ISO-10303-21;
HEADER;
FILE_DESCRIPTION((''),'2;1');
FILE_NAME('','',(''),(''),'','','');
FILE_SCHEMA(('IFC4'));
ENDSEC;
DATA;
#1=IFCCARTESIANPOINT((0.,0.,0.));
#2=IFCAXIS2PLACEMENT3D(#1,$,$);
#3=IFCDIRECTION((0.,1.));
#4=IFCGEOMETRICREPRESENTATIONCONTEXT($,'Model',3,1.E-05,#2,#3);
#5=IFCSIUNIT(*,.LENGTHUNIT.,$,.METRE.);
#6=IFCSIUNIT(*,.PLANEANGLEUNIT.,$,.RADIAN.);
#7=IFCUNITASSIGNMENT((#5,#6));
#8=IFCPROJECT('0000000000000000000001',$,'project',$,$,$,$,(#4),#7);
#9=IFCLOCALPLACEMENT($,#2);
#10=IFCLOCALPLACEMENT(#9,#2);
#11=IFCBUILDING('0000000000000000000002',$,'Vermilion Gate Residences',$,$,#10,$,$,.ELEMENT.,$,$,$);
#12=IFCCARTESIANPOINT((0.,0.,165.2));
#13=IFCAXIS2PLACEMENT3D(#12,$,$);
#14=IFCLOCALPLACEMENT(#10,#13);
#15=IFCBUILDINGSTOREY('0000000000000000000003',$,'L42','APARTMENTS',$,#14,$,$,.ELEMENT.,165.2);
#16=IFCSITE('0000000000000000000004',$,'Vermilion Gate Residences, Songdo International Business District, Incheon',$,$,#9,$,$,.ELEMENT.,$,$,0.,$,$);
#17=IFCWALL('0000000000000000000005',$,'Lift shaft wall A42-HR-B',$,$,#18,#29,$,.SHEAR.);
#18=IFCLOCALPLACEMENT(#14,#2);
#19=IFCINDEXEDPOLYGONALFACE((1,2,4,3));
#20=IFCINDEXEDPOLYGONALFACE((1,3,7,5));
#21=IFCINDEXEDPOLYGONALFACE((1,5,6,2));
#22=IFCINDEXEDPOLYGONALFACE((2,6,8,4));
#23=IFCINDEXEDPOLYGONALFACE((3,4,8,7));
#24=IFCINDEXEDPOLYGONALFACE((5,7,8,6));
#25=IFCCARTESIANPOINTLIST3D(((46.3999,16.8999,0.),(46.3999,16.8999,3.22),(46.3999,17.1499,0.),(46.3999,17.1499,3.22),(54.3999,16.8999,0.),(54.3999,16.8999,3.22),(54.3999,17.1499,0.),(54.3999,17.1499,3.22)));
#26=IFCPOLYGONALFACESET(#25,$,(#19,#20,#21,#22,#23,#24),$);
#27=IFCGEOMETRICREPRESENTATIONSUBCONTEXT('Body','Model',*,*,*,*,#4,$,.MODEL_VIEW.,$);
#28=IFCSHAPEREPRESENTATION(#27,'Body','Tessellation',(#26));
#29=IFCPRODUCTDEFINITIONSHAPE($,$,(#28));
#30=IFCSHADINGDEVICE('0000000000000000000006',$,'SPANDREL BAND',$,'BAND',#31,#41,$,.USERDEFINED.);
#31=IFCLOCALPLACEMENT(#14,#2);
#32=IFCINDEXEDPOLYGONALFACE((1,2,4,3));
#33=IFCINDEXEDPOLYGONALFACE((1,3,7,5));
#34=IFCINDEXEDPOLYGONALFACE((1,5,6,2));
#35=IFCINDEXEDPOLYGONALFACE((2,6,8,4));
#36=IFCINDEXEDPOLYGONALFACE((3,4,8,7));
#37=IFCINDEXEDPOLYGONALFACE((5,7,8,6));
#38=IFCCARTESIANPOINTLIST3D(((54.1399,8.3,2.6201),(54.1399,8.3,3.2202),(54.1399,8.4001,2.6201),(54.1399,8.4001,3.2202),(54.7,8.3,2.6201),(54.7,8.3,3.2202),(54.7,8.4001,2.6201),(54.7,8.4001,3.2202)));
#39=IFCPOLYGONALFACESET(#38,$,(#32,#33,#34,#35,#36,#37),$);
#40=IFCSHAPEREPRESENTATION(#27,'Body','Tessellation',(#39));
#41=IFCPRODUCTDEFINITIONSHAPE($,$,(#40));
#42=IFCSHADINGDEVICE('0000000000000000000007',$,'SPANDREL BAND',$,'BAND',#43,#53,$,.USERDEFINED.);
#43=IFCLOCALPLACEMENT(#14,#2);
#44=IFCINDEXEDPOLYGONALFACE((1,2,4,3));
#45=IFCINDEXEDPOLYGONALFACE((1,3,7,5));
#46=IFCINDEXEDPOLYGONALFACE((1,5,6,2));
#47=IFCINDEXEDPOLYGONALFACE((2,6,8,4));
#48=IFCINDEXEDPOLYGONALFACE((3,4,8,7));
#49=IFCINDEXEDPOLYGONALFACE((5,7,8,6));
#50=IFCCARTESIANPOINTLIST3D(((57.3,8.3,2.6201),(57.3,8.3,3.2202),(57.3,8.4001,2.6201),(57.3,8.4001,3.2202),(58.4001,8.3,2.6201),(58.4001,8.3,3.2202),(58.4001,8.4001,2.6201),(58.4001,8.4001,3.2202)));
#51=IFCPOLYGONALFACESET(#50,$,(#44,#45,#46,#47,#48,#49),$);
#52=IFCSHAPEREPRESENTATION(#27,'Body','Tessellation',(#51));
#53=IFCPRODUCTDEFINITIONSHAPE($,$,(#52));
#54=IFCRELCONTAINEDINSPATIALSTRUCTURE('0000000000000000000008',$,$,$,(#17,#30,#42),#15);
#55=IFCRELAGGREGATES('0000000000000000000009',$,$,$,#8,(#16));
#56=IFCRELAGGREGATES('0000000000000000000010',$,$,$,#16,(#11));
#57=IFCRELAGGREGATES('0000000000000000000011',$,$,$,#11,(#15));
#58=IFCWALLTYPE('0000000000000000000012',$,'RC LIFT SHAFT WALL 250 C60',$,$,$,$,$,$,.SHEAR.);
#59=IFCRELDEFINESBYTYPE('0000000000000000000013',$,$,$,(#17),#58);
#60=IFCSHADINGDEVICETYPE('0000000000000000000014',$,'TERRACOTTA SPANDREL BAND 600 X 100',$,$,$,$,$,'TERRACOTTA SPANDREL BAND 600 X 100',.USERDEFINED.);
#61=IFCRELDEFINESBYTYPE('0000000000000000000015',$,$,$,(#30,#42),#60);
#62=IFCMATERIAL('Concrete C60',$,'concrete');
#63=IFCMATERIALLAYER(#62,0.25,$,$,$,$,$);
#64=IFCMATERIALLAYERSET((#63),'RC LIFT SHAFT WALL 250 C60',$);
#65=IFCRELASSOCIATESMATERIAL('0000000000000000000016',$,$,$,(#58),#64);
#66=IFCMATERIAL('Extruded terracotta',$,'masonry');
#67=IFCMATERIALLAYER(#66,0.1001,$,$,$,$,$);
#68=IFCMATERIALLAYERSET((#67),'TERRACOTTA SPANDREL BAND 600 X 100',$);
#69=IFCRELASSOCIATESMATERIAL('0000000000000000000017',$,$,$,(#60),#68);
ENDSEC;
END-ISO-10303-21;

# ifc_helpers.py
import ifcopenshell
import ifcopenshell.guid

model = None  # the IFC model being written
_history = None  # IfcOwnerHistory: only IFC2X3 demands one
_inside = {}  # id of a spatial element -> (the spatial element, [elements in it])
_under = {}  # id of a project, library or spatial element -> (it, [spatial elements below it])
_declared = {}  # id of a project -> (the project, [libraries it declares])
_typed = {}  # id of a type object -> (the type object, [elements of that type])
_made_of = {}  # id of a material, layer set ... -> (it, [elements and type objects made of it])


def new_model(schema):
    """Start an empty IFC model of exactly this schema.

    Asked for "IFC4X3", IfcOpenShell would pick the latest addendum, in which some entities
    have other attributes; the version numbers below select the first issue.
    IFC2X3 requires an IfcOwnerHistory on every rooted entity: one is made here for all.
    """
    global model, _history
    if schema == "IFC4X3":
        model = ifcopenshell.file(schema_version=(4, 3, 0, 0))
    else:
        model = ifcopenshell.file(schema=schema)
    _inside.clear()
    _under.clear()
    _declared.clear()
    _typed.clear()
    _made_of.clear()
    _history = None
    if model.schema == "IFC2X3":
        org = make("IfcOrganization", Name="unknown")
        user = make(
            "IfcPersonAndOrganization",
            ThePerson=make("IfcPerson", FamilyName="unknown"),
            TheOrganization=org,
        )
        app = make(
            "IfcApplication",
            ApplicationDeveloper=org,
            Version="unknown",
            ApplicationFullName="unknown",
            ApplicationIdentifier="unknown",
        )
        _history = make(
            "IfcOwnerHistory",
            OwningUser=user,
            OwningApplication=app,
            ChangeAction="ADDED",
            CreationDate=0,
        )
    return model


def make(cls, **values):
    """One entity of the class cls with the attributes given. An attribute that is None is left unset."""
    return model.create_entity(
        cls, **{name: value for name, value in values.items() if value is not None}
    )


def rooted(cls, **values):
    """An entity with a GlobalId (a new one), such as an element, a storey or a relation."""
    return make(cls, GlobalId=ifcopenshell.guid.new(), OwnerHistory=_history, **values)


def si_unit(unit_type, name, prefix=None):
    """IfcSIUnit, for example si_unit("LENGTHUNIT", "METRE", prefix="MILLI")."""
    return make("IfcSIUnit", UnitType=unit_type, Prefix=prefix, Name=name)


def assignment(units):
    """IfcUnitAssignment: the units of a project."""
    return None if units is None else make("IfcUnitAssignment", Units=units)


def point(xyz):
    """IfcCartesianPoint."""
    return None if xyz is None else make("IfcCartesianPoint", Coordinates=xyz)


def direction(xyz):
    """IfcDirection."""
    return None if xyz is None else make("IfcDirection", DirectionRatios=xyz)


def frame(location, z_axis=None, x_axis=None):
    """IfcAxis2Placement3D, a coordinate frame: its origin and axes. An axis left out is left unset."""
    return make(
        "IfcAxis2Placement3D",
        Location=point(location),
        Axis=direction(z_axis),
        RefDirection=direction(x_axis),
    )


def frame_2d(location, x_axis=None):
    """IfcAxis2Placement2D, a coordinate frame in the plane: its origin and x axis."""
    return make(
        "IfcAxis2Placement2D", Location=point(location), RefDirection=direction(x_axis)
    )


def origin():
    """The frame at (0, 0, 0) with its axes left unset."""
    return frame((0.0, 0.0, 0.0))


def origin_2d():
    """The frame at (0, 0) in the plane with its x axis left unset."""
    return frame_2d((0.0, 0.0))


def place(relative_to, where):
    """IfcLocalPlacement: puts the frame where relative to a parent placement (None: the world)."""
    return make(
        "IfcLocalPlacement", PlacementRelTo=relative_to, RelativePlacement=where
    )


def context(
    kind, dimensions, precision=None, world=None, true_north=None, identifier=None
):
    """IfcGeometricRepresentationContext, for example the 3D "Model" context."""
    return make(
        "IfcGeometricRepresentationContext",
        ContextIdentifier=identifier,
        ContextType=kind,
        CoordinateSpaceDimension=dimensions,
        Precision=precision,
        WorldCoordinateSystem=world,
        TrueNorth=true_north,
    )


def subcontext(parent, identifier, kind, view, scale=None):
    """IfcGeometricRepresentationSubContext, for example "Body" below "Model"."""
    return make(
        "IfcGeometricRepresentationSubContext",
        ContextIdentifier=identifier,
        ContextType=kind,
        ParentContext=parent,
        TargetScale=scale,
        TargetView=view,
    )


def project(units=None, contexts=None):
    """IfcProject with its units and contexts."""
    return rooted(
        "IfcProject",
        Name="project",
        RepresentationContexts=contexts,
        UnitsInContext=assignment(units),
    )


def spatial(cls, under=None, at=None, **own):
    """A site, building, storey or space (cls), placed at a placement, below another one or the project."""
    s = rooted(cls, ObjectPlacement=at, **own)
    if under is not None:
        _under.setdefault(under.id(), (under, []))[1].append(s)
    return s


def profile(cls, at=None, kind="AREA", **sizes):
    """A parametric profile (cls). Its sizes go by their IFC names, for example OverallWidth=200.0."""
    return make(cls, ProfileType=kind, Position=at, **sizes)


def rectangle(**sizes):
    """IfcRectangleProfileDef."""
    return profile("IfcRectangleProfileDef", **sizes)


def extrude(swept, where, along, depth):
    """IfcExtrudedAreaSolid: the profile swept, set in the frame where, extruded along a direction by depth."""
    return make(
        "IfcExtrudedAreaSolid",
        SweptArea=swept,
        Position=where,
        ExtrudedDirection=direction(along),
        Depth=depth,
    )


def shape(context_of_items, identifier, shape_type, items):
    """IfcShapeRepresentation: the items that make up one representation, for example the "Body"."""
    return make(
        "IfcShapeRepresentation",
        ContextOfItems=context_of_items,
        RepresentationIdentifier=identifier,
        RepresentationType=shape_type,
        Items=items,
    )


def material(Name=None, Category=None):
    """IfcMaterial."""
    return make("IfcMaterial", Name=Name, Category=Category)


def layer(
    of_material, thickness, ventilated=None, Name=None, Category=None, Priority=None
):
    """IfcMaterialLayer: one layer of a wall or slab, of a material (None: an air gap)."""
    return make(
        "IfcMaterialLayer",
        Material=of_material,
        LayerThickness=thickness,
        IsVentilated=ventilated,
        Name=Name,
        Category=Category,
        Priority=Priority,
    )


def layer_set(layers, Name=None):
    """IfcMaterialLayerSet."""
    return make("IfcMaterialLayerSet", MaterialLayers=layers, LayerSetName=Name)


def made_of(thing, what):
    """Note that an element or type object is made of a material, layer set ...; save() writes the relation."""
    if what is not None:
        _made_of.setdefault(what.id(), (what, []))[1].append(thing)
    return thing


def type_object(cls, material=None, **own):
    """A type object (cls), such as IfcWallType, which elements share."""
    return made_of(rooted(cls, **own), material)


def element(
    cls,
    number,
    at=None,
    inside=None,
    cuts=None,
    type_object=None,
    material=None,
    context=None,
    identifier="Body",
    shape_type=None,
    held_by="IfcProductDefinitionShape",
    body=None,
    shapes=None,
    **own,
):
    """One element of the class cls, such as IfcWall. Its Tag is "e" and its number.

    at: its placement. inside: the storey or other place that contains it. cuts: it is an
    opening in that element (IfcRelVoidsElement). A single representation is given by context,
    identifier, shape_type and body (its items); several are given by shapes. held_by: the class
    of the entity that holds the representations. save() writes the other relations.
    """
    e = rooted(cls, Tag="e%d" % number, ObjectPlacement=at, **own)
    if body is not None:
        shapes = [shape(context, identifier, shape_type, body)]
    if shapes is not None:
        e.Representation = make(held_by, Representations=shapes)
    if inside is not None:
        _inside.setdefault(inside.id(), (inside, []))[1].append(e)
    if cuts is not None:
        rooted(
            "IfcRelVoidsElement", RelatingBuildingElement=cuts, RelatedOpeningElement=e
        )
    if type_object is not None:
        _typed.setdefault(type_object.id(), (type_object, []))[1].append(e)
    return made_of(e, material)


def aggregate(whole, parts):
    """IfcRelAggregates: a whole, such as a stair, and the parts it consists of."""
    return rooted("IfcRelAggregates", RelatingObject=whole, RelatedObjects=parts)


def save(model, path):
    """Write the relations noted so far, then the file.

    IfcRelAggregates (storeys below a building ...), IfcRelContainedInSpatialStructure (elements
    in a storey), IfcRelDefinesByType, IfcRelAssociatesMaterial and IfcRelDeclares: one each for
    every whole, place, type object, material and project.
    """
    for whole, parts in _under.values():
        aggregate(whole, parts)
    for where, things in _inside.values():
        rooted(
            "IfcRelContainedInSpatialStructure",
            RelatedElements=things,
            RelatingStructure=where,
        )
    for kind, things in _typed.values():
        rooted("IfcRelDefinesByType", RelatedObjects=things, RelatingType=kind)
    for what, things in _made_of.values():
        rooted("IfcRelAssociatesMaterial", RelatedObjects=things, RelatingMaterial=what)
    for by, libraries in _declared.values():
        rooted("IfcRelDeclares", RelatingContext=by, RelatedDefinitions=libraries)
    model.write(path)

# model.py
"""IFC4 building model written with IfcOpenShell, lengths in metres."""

from ifc_helpers import new_model, si_unit, direction, frame, frame_2d, origin, origin_2d, place, context, subcontext, project, spatial, rectangle, extrude, material, layer, layer_set, type_object, element, save


model = new_model("IFC4")

# Units and contexts
model_context = context("Model", 3, precision=1e-05, world=origin(), true_north=direction((0.0, 1.0)))
body_context = subcontext(model_context, "Body", "Model", "MODEL_VIEW")
ifc_project = project(units=[si_unit("LENGTHUNIT", "METRE"), si_unit("PLANEANGLEUNIT", "RADIAN")], contexts=[model_context])

# Site, building, storey
site_placement = place(None, origin())
site = spatial("IfcSite", under=ifc_project, at=site_placement, Name="Vermilion Gate Residences, Songdo International Business District, Incheon", CompositionType="ELEMENT", RefElevation=0.0)
building_placement = place(site_placement, origin())
building = spatial("IfcBuilding", under=site, at=building_placement, Name="Vermilion Gate Residences", CompositionType="ELEMENT")
storey_placement = place(building_placement, frame((0.0, 0.0, 165.2)))
storey = spatial("IfcBuildingStorey", under=building, at=storey_placement, Name="L42", Description="APARTMENTS", CompositionType="ELEMENT", Elevation=165.2)

# Wall
ifc_material_1 = material(Name="Concrete C60", Category="concrete")
ifc_layer_1 = layer(ifc_material_1, 0.25)
ifc_layer_set_1 = layer_set([ifc_layer_1], Name="RC LIFT SHAFT WALL 250 C60")
wall_type_1 = type_object("IfcWallType", Name="RC LIFT SHAFT WALL 250 C60", PredefinedType="SHEAR", material=ifc_layer_set_1)
wall_1_placement = place(storey_placement, frame((46.3999, 17.0249, 0.0), z_axis=(0.0, 0.0, 1.0), x_axis=(1.0, 0.0, 0.0)))
element("IfcWall", 1, at=wall_1_placement, inside=storey, type_object=wall_type_1, Name="Lift shaft wall A42-HR-B", PredefinedType="SHEAR", context=body_context, shape_type="SweptSolid", body=[
    extrude(rectangle(XDim=8.0, YDim=0.25, at=frame_2d((4.0, 0.0))), origin(), (0.0, 0.0, 1.0), 3.22),
])

# Shading devices
ifc_material_2 = material(Name="Extruded terracotta", Category="masonry")
ifc_layer_2 = layer(ifc_material_2, 0.1001)
ifc_layer_set_2 = layer_set([ifc_layer_2], Name="TERRACOTTA SPANDREL BAND 600 X 100")
shading_device_type = type_object("IfcShadingDeviceType", Name="TERRACOTTA SPANDREL BAND 600 X 100", ElementType="TERRACOTTA SPANDREL BAND 600 X 100", PredefinedType="USERDEFINED", material=ifc_layer_set_2)
shading_device_1_placement = place(storey_placement, frame((54.4199, 8.3501, 2.6201), z_axis=(0.0, 0.0, 1.0), x_axis=(1.0, 0.0, 0.0)))
element("IfcShadingDevice", 2, at=shading_device_1_placement, inside=storey, type_object=shading_device_type, Name="SPANDREL BAND", ObjectType="BAND", PredefinedType="USERDEFINED", context=body_context, shape_type="SweptSolid", body=[
    extrude(rectangle(XDim=0.5601, YDim=0.1001, at=origin_2d()), origin(), (0.0, 0.0, 1.0), 0.6001),
])
shading_device_2_placement = place(storey_placement, frame((57.8501, 8.3501, 2.6201), z_axis=(0.0, 0.0, 1.0), x_axis=(1.0, 0.0, 0.0)))
element("IfcShadingDevice", 3, at=shading_device_2_placement, inside=storey, type_object=shading_device_type, Name="SPANDREL BAND", ObjectType="BAND", PredefinedType="USERDEFINED", context=body_context, shape_type="SweptSolid", body=[
    extrude(rectangle(XDim=1.1001, YDim=0.1001, at=origin_2d()), origin(), (0.0, 0.0, 1.0), 0.6001),
])

save(model, "model.ifc")
